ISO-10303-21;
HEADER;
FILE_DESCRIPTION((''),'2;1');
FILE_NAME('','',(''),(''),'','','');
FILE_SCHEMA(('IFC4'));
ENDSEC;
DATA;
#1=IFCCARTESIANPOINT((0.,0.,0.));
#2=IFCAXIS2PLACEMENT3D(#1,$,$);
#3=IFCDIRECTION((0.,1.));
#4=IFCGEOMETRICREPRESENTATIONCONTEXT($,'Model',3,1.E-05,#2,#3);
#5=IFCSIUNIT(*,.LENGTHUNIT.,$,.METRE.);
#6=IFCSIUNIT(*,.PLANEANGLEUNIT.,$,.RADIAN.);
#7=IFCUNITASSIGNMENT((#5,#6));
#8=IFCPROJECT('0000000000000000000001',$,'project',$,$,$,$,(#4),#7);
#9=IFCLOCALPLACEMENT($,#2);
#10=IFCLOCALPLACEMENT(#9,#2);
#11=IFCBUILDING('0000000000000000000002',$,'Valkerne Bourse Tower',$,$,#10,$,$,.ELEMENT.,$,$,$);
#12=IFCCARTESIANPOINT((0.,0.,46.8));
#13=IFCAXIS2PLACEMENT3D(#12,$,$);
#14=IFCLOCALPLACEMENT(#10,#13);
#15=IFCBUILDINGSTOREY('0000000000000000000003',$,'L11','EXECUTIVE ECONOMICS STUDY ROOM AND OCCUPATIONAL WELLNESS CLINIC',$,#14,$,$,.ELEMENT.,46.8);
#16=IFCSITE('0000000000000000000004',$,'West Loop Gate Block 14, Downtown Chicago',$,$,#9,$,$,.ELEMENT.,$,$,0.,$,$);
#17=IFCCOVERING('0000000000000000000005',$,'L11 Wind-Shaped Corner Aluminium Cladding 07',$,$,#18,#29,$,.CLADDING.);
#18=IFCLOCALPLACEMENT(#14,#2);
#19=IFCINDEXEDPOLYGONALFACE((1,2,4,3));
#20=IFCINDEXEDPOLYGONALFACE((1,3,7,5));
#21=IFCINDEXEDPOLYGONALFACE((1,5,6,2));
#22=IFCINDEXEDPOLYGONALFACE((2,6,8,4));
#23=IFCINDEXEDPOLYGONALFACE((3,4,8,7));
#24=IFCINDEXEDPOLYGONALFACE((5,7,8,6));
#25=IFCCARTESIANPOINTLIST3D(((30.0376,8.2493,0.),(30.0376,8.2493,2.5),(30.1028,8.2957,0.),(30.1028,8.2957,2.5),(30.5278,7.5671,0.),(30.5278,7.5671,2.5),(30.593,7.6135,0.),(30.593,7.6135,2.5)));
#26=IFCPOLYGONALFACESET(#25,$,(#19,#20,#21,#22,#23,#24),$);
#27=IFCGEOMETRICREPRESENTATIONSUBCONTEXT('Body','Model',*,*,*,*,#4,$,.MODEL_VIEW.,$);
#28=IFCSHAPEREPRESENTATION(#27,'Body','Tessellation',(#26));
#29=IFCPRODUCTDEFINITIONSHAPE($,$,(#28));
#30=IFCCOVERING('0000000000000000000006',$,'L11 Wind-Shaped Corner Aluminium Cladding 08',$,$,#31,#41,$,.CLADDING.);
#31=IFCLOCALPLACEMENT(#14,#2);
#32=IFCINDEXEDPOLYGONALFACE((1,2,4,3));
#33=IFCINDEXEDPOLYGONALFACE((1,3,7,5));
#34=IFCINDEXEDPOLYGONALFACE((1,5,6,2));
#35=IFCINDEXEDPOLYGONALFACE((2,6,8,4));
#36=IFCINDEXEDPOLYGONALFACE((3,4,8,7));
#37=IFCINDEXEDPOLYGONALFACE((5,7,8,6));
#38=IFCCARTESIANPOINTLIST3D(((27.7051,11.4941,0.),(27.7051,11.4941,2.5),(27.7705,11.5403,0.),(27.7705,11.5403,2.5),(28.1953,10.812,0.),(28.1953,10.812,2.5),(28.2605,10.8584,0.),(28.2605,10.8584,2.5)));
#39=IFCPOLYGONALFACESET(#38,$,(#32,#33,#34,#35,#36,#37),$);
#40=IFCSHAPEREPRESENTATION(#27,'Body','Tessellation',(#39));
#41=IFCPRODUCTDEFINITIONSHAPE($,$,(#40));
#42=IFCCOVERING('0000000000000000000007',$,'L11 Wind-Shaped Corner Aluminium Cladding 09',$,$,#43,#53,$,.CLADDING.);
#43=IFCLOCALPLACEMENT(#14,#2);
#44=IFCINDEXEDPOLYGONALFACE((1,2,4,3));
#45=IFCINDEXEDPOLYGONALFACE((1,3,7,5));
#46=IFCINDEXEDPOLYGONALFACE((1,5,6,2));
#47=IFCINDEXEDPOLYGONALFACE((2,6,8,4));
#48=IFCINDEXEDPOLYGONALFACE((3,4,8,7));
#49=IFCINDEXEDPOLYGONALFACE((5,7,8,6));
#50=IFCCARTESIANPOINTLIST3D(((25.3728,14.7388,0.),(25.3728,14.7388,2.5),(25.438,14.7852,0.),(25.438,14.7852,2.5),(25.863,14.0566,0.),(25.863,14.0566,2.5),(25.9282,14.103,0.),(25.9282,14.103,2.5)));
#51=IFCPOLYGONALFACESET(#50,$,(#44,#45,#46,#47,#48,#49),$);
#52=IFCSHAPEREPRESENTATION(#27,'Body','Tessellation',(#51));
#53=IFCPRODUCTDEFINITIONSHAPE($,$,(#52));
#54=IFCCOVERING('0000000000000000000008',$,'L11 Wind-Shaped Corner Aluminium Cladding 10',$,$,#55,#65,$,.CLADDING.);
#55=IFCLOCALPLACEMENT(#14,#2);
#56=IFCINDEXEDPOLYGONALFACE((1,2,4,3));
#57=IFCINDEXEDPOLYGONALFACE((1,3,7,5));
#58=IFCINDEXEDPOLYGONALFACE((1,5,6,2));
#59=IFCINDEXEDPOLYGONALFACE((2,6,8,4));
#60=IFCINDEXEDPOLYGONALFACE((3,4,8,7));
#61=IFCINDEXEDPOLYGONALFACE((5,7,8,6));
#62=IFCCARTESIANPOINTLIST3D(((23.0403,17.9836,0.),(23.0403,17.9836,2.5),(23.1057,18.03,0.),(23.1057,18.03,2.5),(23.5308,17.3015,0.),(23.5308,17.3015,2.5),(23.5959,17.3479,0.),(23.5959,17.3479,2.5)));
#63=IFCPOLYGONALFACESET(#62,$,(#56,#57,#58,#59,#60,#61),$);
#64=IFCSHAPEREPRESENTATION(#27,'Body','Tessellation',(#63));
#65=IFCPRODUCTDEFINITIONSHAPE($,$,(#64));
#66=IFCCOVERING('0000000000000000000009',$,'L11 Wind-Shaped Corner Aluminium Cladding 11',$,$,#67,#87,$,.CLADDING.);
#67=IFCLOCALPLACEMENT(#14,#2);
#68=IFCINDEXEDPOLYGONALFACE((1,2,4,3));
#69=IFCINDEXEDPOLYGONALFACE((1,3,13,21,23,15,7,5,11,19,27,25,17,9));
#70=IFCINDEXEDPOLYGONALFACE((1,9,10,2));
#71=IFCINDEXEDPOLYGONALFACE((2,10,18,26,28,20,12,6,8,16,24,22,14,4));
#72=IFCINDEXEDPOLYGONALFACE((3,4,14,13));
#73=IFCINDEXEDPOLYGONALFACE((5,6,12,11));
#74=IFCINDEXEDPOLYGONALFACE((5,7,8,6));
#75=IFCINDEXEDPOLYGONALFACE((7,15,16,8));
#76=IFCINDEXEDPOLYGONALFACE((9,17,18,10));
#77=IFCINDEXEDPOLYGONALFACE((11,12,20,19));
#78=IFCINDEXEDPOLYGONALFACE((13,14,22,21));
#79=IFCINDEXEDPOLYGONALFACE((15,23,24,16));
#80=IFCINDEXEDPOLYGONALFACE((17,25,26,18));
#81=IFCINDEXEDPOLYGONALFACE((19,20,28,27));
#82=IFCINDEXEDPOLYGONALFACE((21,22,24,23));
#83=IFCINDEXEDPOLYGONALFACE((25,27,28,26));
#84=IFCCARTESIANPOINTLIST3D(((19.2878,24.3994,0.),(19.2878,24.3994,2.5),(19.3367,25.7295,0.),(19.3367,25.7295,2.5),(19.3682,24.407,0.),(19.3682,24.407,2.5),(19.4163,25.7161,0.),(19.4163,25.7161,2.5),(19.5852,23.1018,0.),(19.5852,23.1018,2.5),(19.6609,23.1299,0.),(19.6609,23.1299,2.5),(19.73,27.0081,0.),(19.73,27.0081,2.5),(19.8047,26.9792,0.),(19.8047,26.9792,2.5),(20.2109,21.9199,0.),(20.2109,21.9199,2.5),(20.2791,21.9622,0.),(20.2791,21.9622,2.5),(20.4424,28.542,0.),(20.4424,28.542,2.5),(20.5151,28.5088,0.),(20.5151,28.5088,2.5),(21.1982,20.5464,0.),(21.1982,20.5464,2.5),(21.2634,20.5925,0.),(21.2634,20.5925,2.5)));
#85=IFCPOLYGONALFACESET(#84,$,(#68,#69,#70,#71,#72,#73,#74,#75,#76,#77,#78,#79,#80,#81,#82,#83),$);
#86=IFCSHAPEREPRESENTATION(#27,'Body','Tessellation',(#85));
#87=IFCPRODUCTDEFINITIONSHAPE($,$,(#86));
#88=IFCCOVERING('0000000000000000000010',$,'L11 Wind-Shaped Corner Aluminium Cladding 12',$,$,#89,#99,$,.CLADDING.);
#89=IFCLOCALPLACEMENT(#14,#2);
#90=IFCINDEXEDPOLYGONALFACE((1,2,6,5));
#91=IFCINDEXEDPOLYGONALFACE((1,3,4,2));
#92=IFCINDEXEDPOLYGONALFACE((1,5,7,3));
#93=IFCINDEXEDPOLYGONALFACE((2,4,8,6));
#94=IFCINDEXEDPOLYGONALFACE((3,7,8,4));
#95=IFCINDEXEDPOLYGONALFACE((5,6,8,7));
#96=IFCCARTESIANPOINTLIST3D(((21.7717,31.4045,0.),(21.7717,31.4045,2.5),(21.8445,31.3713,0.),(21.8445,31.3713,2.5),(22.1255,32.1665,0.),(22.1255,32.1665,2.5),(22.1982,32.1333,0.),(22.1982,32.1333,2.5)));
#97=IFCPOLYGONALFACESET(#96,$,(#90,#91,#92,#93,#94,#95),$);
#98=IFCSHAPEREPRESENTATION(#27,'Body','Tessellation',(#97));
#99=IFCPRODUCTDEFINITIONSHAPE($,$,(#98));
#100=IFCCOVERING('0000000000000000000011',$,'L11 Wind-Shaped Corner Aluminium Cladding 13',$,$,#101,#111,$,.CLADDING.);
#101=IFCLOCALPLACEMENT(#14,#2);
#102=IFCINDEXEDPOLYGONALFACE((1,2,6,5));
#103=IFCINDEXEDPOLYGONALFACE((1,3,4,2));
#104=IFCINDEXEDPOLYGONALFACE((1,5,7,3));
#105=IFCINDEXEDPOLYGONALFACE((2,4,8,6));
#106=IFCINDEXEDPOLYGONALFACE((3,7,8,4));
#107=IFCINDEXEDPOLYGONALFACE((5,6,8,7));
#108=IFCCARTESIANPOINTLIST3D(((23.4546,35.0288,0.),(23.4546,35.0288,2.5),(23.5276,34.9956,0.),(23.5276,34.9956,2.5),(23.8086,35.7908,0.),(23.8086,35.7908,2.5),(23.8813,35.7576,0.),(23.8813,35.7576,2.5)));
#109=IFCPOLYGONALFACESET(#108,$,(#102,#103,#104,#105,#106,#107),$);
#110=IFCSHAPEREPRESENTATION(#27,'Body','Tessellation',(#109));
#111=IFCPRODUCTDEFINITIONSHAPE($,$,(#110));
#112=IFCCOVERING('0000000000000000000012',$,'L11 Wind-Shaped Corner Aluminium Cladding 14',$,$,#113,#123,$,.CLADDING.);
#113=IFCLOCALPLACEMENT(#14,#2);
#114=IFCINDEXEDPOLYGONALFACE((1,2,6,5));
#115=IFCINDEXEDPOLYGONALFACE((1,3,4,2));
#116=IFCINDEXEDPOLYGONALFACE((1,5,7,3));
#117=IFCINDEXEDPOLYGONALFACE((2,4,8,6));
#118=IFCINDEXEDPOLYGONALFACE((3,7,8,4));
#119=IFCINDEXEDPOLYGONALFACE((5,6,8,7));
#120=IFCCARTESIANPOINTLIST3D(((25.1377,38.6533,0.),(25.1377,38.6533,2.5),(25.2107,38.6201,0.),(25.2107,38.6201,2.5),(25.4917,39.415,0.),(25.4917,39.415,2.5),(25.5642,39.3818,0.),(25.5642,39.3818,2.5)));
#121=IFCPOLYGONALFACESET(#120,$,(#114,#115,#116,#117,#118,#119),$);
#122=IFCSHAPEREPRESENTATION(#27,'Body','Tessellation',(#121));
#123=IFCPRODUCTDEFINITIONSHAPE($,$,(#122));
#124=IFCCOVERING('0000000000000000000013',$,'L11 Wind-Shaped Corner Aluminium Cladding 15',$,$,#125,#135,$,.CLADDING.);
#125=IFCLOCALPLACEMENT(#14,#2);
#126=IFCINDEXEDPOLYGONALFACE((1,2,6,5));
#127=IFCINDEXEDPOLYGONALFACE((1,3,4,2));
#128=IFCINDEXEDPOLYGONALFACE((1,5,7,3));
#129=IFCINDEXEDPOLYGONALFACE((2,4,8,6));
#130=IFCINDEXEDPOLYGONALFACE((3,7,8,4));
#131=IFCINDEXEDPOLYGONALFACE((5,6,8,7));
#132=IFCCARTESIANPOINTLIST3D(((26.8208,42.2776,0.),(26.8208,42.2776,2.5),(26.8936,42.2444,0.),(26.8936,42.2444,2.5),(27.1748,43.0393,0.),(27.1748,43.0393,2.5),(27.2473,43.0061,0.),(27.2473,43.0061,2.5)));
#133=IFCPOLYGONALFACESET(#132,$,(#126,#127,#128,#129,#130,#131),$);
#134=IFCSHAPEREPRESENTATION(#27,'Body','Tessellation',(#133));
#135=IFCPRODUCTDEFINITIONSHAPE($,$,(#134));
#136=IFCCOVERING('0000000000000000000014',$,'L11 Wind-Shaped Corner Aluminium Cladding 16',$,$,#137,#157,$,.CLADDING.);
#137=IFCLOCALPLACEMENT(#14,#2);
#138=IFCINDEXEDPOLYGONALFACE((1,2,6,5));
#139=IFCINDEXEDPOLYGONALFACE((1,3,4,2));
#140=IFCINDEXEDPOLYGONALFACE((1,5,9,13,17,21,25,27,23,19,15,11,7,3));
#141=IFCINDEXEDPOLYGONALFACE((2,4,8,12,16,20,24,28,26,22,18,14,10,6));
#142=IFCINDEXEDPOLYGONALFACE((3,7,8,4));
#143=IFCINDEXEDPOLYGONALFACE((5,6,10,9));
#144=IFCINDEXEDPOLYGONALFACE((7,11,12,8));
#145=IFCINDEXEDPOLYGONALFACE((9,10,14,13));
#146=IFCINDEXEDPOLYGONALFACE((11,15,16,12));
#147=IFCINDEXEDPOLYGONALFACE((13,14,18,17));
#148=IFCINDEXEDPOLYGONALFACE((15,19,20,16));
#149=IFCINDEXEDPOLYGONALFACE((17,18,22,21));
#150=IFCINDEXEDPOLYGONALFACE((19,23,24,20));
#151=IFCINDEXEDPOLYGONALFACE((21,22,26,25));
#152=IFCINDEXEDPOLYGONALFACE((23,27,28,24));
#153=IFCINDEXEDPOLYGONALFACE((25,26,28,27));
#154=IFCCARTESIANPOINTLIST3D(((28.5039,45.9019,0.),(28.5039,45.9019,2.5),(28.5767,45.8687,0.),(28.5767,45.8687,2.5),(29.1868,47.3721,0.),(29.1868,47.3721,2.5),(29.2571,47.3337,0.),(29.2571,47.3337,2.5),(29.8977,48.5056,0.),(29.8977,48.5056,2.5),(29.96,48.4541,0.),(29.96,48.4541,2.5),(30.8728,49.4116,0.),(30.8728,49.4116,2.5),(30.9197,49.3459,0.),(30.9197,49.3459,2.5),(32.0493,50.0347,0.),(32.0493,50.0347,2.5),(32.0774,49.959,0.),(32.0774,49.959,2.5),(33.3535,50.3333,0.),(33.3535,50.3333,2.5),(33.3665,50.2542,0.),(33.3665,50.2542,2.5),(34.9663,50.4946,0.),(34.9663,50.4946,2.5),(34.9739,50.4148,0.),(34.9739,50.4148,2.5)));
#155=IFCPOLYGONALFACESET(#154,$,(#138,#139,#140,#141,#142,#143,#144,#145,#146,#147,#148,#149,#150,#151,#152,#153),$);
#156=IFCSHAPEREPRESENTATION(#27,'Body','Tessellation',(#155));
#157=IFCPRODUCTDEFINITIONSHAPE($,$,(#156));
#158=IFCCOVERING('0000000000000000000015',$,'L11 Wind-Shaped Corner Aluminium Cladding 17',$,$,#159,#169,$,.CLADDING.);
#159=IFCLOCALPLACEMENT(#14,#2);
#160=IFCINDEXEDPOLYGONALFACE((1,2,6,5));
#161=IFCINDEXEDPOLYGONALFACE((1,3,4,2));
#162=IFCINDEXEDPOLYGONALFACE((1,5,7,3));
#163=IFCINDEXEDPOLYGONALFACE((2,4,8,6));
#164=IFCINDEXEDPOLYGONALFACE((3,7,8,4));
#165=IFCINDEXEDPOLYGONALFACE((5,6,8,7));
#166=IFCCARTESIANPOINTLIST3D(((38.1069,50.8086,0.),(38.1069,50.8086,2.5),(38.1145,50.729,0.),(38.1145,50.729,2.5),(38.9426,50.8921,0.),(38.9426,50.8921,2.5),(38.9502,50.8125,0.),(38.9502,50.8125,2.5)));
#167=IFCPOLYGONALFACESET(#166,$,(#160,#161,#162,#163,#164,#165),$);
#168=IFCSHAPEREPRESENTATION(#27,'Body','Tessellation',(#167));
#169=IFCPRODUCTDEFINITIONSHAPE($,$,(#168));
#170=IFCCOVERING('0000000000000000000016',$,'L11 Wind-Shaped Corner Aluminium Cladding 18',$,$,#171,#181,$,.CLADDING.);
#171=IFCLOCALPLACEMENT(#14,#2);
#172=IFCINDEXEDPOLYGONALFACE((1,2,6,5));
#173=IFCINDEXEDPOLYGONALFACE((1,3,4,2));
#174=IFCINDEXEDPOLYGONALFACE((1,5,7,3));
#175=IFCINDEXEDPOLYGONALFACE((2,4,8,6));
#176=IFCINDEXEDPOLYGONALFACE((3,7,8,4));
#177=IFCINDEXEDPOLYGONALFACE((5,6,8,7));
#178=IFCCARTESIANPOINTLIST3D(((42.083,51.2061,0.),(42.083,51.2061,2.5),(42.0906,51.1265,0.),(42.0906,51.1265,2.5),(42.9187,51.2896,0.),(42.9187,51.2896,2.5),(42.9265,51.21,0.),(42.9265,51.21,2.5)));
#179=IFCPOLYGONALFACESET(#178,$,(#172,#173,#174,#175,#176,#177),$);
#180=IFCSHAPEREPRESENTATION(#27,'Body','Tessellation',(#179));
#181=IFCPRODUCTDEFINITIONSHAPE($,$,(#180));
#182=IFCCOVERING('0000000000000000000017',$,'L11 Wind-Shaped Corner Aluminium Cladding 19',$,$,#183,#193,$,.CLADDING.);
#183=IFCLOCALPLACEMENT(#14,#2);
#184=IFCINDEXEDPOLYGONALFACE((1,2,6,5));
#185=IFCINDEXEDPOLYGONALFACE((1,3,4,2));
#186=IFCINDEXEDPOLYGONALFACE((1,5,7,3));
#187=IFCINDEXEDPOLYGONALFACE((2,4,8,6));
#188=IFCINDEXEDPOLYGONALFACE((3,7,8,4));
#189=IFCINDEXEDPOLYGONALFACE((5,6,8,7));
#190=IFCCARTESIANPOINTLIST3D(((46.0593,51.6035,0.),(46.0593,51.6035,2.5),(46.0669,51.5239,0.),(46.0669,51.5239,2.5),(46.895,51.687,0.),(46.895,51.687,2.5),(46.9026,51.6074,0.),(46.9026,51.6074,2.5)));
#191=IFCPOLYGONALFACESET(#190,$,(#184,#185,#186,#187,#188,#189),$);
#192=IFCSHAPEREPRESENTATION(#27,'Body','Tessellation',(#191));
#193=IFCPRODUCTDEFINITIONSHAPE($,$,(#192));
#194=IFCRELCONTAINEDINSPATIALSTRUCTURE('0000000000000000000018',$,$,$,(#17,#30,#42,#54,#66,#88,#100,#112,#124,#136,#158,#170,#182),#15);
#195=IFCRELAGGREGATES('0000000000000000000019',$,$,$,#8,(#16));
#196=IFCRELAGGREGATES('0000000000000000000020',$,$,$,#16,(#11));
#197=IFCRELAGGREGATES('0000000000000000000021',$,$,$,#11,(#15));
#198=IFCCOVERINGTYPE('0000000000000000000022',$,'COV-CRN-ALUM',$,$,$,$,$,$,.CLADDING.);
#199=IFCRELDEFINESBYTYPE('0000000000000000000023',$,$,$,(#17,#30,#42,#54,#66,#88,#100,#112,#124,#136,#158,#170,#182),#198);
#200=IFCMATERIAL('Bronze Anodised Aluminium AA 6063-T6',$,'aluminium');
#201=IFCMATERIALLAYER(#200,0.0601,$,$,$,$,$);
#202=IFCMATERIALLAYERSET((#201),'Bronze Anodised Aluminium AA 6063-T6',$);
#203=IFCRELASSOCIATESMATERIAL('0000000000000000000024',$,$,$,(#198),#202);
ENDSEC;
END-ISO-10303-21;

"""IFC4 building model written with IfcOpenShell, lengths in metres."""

from ifc_helpers import new_model, si_unit, direction, frame, origin, place, context, subcontext, project, spatial, polyline, outline, extrude, material, layer, layer_set, type_object, element, save


model = new_model("IFC4")

# Units and contexts
model_context = context("Model", 3, precision=1e-05, world=origin(), true_north=direction((0.0, 1.0)))
body_context = subcontext(model_context, "Body", "Model", "MODEL_VIEW")
ifc_project = project(units=[si_unit("LENGTHUNIT", "METRE"), si_unit("PLANEANGLEUNIT", "RADIAN")], contexts=[model_context])

# Site, building, storey
site_placement = place(None, origin())
site = spatial("IfcSite", under=ifc_project, at=site_placement, Name="West Loop Gate Block 14, Downtown Chicago", CompositionType="ELEMENT", RefElevation=0.0)
building_placement = place(site_placement, origin())
building = spatial("IfcBuilding", under=site, at=building_placement, Name="Valkerne Bourse Tower", CompositionType="ELEMENT")
storey_placement = place(building_placement, frame((0.0, 0.0, 46.8)))
storey = spatial("IfcBuildingStorey", under=building, at=storey_placement, Name="L11", Description="EXECUTIVE ECONOMICS STUDY ROOM AND OCCUPATIONAL WELLNESS CLINIC", CompositionType="ELEMENT", Elevation=46.8)

# Coverings
ifc_material_1 = material(Name="Bronze Anodised Aluminium AA 6063-T6", Category="aluminium")
ifc_layer_1 = layer(ifc_material_1, 0.0601)
ifc_layer_set_1 = layer_set([ifc_layer_1], Name="Bronze Anodised Aluminium AA 6063-T6")
covering_type = type_object("IfcCoveringType", Name="COV-CRN-ALUM", PredefinedType="CLADDING", material=ifc_layer_set_1)
covering_1_placement = place(storey_placement, origin())
element("IfcCovering", 1, at=covering_1_placement, inside=storey, type_object=covering_type, Name="L11 Wind-Shaped Corner Aluminium Cladding 07", PredefinedType="CLADDING", context=body_context, shape_type="SweptSolid", body=[
    extrude(outline(polyline([(30.0376, 8.2493), (30.1028, 8.2957), (30.593, 7.6135), (30.5278, 7.5671), (30.0376, 8.2493)])), origin(), (0.0, 0.0, 1.0), 2.5),
])
covering_2_placement = place(storey_placement, origin())
element("IfcCovering", 2, at=covering_2_placement, inside=storey, type_object=covering_type, Name="L11 Wind-Shaped Corner Aluminium Cladding 08", PredefinedType="CLADDING", context=body_context, shape_type="SweptSolid", body=[
    extrude(outline(polyline([(27.7051, 11.4941), (27.7705, 11.5403), (28.2605, 10.8584), (28.1953, 10.812), (27.7051, 11.4941)])), origin(), (0.0, 0.0, 1.0), 2.5),
])
covering_3_placement = place(storey_placement, origin())
element("IfcCovering", 3, at=covering_3_placement, inside=storey, type_object=covering_type, Name="L11 Wind-Shaped Corner Aluminium Cladding 09", PredefinedType="CLADDING", context=body_context, shape_type="SweptSolid", body=[
    extrude(outline(polyline([(25.3728, 14.7388), (25.438, 14.7852), (25.9282, 14.103), (25.863, 14.0566), (25.3728, 14.7388)])), origin(), (0.0, 0.0, 1.0), 2.5),
])
covering_4_placement = place(storey_placement, origin())
element("IfcCovering", 4, at=covering_4_placement, inside=storey, type_object=covering_type, Name="L11 Wind-Shaped Corner Aluminium Cladding 10", PredefinedType="CLADDING", context=body_context, shape_type="SweptSolid", body=[
    extrude(outline(polyline([(23.0403, 17.9836), (23.1057, 18.03), (23.5959, 17.3479), (23.5308, 17.3015), (23.0403, 17.9836)])), origin(), (0.0, 0.0, 1.0), 2.5),
])
covering_5_placement = place(storey_placement, origin())
element("IfcCovering", 5, at=covering_5_placement, inside=storey, type_object=covering_type, Name="L11 Wind-Shaped Corner Aluminium Cladding 11", PredefinedType="CLADDING", context=body_context, shape_type="SweptSolid", body=[
    extrude(outline(polyline([(20.2109, 21.9199), (19.5852, 23.1018), (19.2878, 24.3994), (19.3367, 25.7295), (19.73, 27.0081), (20.4424, 28.542), (20.5151, 28.5088), (19.8047, 26.9792), (19.4163, 25.7161), (19.3682, 24.407), (19.6609, 23.1299), (20.2791, 21.9622), (21.2634, 20.5925), (21.1982, 20.5464), (20.2109, 21.9199)])), origin(), (0.0, 0.0, 1.0), 2.5),
])
covering_6_placement = place(storey_placement, origin())
element("IfcCovering", 6, at=covering_6_placement, inside=storey, type_object=covering_type, Name="L11 Wind-Shaped Corner Aluminium Cladding 12", PredefinedType="CLADDING", context=body_context, shape_type="SweptSolid", body=[
    extrude(outline(polyline([(22.1255, 32.1665), (22.1982, 32.1333), (21.8445, 31.3713), (21.7717, 31.4045), (22.1255, 32.1665)])), origin(), (0.0, 0.0, 1.0), 2.5),
])
covering_7_placement = place(storey_placement, origin())
element("IfcCovering", 7, at=covering_7_placement, inside=storey, type_object=covering_type, Name="L11 Wind-Shaped Corner Aluminium Cladding 13", PredefinedType="CLADDING", context=body_context, shape_type="SweptSolid", body=[
    extrude(outline(polyline([(23.8086, 35.7908), (23.8813, 35.7576), (23.5276, 34.9956), (23.4546, 35.0288), (23.8086, 35.7908)])), origin(), (0.0, 0.0, 1.0), 2.5),
])
covering_8_placement = place(storey_placement, origin())
element("IfcCovering", 8, at=covering_8_placement, inside=storey, type_object=covering_type, Name="L11 Wind-Shaped Corner Aluminium Cladding 14", PredefinedType="CLADDING", context=body_context, shape_type="SweptSolid", body=[
    extrude(outline(polyline([(25.4917, 39.415), (25.5642, 39.3818), (25.2107, 38.6201), (25.1377, 38.6533), (25.4917, 39.415)])), origin(), (0.0, 0.0, 1.0), 2.5),
])
covering_9_placement = place(storey_placement, origin())
element("IfcCovering", 9, at=covering_9_placement, inside=storey, type_object=covering_type, Name="L11 Wind-Shaped Corner Aluminium Cladding 15", PredefinedType="CLADDING", context=body_context, shape_type="SweptSolid", body=[
    extrude(outline(polyline([(27.1748, 43.0393), (27.2473, 43.0061), (26.8936, 42.2444), (26.8208, 42.2776), (27.1748, 43.0393)])), origin(), (0.0, 0.0, 1.0), 2.5),
])
covering_10_placement = place(storey_placement, origin())
element("IfcCovering", 10, at=covering_10_placement, inside=storey, type_object=covering_type, Name="L11 Wind-Shaped Corner Aluminium Cladding 16", PredefinedType="CLADDING", context=body_context, shape_type="SweptSolid", body=[
    extrude(outline(polyline([(29.1868, 47.3721), (29.8977, 48.5056), (30.8728, 49.4116), (32.0493, 50.0347), (33.3535, 50.3333), (34.9663, 50.4946), (34.9739, 50.4148), (33.3665, 50.2542), (32.0774, 49.959), (30.9197, 49.3459), (29.96, 48.4541), (29.2571, 47.3337), (28.5767, 45.8687), (28.5039, 45.9019), (29.1868, 47.3721)])), origin(), (0.0, 0.0, 1.0), 2.5),
])
covering_11_placement = place(storey_placement, origin())
element("IfcCovering", 11, at=covering_11_placement, inside=storey, type_object=covering_type, Name="L11 Wind-Shaped Corner Aluminium Cladding 17", PredefinedType="CLADDING", context=body_context, shape_type="SweptSolid", body=[
    extrude(outline(polyline([(38.9426, 50.8921), (38.9502, 50.8125), (38.1145, 50.729), (38.1069, 50.8086), (38.9426, 50.8921)])), origin(), (0.0, 0.0, 1.0), 2.5),
])
covering_12_placement = place(storey_placement, origin())
element("IfcCovering", 12, at=covering_12_placement, inside=storey, type_object=covering_type, Name="L11 Wind-Shaped Corner Aluminium Cladding 18", PredefinedType="CLADDING", context=body_context, shape_type="SweptSolid", body=[
    extrude(outline(polyline([(42.9187, 51.2896), (42.9265, 51.21), (42.0906, 51.1265), (42.083, 51.2061), (42.9187, 51.2896)])), origin(), (0.0, 0.0, 1.0), 2.5),
])
covering_13_placement = place(storey_placement, origin())
element("IfcCovering", 13, at=covering_13_placement, inside=storey, type_object=covering_type, Name="L11 Wind-Shaped Corner Aluminium Cladding 19", PredefinedType="CLADDING", context=body_context, shape_type="SweptSolid", body=[
    extrude(outline(polyline([(46.895, 51.687), (46.9026, 51.6074), (46.0669, 51.5239), (46.0593, 51.6035), (46.895, 51.687)])), origin(), (0.0, 0.0, 1.0), 2.5),
])

save(model, "model.ifc")
